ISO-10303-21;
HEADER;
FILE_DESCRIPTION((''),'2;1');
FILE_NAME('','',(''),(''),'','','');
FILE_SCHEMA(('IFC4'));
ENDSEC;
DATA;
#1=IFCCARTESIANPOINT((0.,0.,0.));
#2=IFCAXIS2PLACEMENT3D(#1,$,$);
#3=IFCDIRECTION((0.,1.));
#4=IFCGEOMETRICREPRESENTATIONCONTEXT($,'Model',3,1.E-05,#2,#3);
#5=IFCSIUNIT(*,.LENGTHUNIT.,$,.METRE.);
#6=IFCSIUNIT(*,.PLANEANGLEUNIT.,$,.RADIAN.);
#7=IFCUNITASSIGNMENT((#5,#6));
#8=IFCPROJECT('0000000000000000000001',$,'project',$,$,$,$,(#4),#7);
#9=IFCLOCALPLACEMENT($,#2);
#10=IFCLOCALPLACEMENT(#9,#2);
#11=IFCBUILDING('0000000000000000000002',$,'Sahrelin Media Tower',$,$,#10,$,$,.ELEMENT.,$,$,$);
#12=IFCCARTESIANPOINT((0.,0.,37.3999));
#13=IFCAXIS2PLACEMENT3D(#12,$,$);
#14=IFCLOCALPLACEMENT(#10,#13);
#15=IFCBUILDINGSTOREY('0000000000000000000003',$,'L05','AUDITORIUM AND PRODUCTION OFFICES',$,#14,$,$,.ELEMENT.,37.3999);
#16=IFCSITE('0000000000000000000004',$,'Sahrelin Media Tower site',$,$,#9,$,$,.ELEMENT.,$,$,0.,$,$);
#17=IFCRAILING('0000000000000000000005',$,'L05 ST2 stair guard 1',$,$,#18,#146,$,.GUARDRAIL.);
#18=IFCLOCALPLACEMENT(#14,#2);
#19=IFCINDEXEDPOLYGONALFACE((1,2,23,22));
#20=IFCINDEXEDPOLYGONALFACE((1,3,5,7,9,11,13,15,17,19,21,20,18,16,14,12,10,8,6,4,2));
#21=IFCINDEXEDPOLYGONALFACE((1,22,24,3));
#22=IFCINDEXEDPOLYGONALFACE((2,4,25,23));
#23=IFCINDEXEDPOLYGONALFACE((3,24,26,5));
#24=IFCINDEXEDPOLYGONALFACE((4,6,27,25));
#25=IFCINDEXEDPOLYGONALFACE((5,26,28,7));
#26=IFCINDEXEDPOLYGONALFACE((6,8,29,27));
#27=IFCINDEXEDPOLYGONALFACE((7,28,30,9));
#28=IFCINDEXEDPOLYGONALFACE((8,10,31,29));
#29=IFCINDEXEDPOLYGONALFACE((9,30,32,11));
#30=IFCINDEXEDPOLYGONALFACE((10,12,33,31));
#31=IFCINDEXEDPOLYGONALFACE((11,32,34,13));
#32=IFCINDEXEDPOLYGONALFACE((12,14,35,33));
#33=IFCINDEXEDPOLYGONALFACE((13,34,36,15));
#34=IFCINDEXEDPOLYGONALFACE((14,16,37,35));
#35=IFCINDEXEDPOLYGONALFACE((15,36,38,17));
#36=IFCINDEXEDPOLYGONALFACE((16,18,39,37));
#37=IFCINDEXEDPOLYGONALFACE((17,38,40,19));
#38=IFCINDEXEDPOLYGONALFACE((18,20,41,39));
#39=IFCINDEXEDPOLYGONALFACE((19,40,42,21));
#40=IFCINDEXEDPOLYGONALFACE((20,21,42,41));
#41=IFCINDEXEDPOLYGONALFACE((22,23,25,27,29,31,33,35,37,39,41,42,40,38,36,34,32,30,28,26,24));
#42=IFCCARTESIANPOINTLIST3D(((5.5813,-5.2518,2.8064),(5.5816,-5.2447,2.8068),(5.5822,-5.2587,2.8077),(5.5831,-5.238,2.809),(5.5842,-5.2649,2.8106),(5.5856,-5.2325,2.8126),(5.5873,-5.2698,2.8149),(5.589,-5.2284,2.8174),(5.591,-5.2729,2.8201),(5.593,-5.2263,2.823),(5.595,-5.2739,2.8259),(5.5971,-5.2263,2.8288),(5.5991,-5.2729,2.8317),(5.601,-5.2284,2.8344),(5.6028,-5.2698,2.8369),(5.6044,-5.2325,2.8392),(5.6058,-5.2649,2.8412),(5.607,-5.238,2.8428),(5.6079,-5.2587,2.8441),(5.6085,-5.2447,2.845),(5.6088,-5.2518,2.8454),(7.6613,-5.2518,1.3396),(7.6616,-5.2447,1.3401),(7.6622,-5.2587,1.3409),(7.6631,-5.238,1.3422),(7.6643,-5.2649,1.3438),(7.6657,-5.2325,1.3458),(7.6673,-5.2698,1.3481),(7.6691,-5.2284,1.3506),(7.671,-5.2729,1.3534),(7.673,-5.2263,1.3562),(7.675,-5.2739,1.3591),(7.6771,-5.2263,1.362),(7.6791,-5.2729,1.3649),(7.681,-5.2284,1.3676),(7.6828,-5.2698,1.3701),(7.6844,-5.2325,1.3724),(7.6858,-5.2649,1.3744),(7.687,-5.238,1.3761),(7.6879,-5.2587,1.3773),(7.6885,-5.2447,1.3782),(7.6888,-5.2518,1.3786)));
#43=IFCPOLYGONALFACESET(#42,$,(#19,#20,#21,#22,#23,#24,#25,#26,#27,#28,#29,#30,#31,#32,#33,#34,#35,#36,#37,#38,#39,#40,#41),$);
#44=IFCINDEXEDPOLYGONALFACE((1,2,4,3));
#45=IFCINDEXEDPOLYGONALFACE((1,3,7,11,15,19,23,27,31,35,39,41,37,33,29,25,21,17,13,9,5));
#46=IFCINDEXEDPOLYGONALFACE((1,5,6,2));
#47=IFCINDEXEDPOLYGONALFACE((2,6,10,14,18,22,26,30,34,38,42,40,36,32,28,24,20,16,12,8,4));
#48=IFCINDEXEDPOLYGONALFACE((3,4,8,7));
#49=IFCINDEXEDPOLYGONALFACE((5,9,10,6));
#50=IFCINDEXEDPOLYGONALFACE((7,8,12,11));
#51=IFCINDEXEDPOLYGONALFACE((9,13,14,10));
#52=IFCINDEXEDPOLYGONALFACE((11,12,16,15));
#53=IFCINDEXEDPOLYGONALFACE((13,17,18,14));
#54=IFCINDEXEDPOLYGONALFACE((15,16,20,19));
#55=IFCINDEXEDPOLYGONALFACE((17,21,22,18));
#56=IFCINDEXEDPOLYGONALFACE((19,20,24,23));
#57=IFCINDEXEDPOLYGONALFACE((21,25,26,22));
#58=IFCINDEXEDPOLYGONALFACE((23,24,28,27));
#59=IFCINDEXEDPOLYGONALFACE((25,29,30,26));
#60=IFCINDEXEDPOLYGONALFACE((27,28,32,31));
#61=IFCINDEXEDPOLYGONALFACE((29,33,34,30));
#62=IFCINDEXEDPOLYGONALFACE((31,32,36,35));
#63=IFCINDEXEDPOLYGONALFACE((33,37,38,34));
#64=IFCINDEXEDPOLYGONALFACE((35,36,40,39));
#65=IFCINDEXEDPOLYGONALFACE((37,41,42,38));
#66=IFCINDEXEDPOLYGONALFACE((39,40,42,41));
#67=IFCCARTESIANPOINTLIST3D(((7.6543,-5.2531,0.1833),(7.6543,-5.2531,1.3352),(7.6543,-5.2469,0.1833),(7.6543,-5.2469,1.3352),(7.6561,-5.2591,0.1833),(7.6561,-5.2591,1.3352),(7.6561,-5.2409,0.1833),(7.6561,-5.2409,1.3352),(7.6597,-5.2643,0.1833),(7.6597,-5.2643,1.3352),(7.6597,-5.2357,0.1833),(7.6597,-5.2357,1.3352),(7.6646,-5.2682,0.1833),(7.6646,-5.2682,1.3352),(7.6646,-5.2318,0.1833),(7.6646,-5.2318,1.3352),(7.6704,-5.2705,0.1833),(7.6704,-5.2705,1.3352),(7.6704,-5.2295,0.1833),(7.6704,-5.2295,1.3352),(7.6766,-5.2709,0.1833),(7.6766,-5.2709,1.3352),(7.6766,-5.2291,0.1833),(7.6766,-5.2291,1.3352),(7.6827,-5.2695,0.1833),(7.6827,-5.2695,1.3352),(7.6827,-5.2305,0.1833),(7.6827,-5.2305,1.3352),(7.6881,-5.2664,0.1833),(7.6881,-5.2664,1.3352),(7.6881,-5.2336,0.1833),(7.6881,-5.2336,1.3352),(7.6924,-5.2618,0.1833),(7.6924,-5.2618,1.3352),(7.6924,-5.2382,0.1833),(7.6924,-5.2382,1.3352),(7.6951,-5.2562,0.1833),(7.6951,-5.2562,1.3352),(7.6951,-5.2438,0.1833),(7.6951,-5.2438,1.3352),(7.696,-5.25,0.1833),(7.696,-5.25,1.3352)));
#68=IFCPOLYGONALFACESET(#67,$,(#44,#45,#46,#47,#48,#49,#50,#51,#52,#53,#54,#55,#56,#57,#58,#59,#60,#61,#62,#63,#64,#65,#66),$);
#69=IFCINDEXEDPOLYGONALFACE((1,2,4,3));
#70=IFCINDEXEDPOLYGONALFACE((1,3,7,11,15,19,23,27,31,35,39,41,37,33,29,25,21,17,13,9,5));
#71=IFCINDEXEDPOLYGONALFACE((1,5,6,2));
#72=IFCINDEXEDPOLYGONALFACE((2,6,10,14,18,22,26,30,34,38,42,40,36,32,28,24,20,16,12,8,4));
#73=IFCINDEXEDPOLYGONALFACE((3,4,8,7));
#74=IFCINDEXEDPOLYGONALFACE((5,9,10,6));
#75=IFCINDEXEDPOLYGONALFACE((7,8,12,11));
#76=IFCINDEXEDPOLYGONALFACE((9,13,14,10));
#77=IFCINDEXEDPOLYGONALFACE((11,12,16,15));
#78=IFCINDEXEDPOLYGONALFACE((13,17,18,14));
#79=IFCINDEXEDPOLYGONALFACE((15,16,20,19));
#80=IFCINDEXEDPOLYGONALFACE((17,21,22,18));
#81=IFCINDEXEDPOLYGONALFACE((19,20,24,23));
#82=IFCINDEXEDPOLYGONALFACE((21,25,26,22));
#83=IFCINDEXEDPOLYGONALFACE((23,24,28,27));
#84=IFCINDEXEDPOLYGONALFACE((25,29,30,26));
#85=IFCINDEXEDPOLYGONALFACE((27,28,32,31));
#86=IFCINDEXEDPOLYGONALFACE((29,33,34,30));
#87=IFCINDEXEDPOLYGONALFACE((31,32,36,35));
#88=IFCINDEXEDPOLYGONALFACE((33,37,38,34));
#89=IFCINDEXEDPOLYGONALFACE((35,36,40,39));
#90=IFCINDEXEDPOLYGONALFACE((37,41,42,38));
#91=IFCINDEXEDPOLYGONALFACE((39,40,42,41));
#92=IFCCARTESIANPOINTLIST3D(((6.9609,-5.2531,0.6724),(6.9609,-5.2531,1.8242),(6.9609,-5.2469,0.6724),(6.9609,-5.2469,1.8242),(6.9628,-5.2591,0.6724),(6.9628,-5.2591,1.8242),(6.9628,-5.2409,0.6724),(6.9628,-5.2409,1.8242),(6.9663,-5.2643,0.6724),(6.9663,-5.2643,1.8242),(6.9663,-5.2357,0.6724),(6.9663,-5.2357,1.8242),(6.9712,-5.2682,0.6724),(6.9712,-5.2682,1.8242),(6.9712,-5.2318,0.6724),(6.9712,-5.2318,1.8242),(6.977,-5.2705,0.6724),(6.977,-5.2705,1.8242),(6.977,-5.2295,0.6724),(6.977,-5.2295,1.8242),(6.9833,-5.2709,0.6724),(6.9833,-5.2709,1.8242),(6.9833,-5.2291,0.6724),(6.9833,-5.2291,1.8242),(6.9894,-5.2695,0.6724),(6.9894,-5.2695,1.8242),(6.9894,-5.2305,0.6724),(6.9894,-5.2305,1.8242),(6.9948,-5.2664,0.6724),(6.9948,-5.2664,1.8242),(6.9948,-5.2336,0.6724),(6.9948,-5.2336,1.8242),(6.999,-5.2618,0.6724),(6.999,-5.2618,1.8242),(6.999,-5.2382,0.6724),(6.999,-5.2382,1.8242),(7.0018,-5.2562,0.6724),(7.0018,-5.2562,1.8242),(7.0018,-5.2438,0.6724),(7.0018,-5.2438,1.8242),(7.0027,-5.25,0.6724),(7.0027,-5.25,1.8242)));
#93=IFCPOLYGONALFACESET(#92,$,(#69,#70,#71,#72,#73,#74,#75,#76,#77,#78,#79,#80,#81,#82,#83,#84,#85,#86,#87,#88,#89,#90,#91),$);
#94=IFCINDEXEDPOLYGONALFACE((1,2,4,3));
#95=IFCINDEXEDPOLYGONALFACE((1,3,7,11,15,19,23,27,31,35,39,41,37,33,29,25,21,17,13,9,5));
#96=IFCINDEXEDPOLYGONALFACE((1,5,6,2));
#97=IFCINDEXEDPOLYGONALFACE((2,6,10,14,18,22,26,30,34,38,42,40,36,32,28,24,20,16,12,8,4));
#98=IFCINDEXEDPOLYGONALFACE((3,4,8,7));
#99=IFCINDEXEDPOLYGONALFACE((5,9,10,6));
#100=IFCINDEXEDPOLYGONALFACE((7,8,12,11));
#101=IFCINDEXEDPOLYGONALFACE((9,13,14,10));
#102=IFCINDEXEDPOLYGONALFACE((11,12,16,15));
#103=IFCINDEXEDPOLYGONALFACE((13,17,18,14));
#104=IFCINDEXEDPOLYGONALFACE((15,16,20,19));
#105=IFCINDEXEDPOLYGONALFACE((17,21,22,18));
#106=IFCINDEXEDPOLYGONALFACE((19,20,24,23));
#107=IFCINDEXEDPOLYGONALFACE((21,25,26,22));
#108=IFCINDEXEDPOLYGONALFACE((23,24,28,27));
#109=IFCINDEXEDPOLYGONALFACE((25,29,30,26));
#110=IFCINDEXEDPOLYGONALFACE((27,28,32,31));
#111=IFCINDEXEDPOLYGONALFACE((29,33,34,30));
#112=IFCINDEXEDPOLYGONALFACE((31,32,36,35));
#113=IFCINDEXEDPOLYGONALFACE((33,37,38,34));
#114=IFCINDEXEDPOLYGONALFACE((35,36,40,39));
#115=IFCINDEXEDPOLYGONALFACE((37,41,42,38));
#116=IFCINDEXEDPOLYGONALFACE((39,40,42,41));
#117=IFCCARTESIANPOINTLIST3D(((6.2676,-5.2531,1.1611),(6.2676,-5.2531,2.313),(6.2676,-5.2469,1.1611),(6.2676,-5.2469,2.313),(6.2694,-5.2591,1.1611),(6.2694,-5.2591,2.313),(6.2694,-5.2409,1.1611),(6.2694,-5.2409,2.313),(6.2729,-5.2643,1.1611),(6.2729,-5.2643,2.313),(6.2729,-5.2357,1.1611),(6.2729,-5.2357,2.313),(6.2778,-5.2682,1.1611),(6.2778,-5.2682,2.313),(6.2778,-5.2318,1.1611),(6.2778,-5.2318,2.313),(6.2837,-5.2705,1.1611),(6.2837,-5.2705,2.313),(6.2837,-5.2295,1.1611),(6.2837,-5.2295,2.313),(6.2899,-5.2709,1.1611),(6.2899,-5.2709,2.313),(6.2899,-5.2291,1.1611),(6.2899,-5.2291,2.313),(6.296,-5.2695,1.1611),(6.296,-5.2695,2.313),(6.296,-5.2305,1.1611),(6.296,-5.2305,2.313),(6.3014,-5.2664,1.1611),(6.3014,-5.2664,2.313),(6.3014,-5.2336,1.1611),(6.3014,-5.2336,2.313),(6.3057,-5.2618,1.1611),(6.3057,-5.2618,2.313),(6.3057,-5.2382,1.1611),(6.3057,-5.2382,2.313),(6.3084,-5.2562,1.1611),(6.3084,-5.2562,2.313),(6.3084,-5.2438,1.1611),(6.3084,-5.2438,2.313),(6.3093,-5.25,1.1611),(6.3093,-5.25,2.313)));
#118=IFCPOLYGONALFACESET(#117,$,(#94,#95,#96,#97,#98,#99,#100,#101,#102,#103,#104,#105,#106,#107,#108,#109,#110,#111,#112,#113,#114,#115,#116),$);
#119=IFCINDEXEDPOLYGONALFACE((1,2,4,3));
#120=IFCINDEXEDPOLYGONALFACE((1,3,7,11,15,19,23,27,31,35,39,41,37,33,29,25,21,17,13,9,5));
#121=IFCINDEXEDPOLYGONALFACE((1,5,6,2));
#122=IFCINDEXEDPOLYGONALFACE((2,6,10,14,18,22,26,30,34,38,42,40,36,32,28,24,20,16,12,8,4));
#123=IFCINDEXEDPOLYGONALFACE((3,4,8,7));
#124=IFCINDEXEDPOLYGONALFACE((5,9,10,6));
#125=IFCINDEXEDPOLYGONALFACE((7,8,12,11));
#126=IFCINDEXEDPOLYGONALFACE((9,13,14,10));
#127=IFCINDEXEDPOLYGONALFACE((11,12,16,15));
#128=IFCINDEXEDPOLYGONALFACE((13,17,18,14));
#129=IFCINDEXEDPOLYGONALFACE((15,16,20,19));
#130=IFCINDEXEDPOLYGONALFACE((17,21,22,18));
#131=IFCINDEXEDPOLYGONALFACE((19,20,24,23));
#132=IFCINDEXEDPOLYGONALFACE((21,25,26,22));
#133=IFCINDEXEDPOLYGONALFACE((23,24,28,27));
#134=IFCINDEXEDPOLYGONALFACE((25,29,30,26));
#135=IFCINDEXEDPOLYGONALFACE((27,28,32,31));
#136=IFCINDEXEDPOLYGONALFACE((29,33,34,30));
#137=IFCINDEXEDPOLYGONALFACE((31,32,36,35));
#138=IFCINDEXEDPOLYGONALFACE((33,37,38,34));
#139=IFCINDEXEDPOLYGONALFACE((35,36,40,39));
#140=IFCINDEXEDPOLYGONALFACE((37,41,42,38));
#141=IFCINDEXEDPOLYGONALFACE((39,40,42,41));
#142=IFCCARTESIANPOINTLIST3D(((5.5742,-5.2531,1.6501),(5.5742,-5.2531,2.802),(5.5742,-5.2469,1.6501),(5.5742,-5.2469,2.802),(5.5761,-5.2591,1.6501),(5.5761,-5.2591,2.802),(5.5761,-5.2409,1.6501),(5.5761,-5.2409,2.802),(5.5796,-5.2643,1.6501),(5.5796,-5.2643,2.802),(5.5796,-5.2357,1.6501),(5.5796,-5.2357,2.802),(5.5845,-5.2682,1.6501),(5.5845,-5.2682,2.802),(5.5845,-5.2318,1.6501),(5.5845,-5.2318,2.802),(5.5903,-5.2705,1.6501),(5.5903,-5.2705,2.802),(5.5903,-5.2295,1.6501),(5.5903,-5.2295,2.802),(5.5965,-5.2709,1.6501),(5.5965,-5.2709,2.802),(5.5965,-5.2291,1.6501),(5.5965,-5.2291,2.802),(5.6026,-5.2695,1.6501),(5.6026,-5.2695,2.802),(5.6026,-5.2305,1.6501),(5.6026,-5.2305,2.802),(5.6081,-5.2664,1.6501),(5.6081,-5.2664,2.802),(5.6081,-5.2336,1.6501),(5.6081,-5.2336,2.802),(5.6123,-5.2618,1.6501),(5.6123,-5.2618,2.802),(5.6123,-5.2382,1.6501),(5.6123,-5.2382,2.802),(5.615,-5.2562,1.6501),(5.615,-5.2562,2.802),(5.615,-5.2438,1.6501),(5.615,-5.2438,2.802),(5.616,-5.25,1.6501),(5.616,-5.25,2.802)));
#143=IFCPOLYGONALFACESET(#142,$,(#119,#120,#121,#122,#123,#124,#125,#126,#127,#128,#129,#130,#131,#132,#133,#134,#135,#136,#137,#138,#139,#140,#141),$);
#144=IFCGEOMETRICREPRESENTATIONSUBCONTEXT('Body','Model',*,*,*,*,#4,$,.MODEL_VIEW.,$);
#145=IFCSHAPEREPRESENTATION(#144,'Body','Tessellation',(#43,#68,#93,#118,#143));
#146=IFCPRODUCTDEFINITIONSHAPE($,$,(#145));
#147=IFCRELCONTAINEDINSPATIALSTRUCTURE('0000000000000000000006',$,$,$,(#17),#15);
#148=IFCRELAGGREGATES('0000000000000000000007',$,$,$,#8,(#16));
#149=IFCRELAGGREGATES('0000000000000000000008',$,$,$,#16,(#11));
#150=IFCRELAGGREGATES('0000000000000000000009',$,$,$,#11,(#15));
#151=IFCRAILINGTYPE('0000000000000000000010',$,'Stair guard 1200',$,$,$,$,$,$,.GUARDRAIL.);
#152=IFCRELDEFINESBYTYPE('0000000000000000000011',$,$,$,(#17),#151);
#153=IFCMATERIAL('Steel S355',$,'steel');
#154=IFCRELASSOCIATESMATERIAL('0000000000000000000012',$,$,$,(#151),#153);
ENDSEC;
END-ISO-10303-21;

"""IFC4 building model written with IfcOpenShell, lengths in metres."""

from ifc_helpers import new_model, si_unit, direction, frame, origin, origin_2d, place, context, subcontext, project, spatial, circle, extrude, material, type_object, element, save


model = new_model("IFC4")

# Units and contexts
model_context = context("Model", 3, precision=1e-05, world=origin(), true_north=direction((0.0, 1.0)))
body_context = subcontext(model_context, "Body", "Model", "MODEL_VIEW")
ifc_project = project(units=[si_unit("LENGTHUNIT", "METRE"), si_unit("PLANEANGLEUNIT", "RADIAN")], contexts=[model_context])

# Site, building, storey
site_placement = place(None, origin())
site = spatial("IfcSite", under=ifc_project, at=site_placement, Name="Sahrelin Media Tower site", CompositionType="ELEMENT", RefElevation=0.0)
building_placement = place(site_placement, origin())
building = spatial("IfcBuilding", under=site, at=building_placement, Name="Sahrelin Media Tower", CompositionType="ELEMENT")
storey_placement = place(building_placement, frame((0.0, 0.0, 37.3999)))
storey = spatial("IfcBuildingStorey", under=building, at=storey_placement, Name="L05", Description="AUDITORIUM AND PRODUCTION OFFICES", CompositionType="ELEMENT", Elevation=37.3999)

# Shared definitions
ifc_material_1 = material(Name="Steel S355", Category="steel")

# Railing
railing_type_1 = type_object("IfcRailingType", Name="Stair guard 1200", PredefinedType="GUARDRAIL", material=ifc_material_1)
railing_1_placement = place(storey_placement, frame((7.675, -5.25, 0.1833)))
element("IfcRailing", 1, at=railing_1_placement, inside=storey, type_object=railing_type_1, Name="L05 ST2 stair guard 1", PredefinedType="GUARDRAIL", context=body_context, shape_type="SweptSolid", body=[
    extrude(circle(Radius=0.0239, at=origin_2d()), frame((0.0, 0.0, 1.1758), z_axis=(-0.817244, 0.0, 0.576291), x_axis=(0.0, -1.0, 0.0)), (0.0, 0.0, 1.0), 2.5452),
    extrude(circle(Radius=0.021, at=origin_2d()), origin(), (0.0, 0.0, 1.0), 1.1519),
    extrude(circle(Radius=0.021, at=origin_2d()), frame((-0.6934, 0.0, 0.489)), (0.0, 0.0, 1.0), 1.1519),
    extrude(circle(Radius=0.021, at=origin_2d()), frame((-1.3867, 0.0, 0.9778)), (0.0, 0.0, 1.0), 1.1519),
    extrude(circle(Radius=0.021, at=origin_2d()), frame((-2.0801, 0.0, 1.4668)), (0.0, 0.0, 1.0), 1.1519),
])

save(model, "model.ifc")
